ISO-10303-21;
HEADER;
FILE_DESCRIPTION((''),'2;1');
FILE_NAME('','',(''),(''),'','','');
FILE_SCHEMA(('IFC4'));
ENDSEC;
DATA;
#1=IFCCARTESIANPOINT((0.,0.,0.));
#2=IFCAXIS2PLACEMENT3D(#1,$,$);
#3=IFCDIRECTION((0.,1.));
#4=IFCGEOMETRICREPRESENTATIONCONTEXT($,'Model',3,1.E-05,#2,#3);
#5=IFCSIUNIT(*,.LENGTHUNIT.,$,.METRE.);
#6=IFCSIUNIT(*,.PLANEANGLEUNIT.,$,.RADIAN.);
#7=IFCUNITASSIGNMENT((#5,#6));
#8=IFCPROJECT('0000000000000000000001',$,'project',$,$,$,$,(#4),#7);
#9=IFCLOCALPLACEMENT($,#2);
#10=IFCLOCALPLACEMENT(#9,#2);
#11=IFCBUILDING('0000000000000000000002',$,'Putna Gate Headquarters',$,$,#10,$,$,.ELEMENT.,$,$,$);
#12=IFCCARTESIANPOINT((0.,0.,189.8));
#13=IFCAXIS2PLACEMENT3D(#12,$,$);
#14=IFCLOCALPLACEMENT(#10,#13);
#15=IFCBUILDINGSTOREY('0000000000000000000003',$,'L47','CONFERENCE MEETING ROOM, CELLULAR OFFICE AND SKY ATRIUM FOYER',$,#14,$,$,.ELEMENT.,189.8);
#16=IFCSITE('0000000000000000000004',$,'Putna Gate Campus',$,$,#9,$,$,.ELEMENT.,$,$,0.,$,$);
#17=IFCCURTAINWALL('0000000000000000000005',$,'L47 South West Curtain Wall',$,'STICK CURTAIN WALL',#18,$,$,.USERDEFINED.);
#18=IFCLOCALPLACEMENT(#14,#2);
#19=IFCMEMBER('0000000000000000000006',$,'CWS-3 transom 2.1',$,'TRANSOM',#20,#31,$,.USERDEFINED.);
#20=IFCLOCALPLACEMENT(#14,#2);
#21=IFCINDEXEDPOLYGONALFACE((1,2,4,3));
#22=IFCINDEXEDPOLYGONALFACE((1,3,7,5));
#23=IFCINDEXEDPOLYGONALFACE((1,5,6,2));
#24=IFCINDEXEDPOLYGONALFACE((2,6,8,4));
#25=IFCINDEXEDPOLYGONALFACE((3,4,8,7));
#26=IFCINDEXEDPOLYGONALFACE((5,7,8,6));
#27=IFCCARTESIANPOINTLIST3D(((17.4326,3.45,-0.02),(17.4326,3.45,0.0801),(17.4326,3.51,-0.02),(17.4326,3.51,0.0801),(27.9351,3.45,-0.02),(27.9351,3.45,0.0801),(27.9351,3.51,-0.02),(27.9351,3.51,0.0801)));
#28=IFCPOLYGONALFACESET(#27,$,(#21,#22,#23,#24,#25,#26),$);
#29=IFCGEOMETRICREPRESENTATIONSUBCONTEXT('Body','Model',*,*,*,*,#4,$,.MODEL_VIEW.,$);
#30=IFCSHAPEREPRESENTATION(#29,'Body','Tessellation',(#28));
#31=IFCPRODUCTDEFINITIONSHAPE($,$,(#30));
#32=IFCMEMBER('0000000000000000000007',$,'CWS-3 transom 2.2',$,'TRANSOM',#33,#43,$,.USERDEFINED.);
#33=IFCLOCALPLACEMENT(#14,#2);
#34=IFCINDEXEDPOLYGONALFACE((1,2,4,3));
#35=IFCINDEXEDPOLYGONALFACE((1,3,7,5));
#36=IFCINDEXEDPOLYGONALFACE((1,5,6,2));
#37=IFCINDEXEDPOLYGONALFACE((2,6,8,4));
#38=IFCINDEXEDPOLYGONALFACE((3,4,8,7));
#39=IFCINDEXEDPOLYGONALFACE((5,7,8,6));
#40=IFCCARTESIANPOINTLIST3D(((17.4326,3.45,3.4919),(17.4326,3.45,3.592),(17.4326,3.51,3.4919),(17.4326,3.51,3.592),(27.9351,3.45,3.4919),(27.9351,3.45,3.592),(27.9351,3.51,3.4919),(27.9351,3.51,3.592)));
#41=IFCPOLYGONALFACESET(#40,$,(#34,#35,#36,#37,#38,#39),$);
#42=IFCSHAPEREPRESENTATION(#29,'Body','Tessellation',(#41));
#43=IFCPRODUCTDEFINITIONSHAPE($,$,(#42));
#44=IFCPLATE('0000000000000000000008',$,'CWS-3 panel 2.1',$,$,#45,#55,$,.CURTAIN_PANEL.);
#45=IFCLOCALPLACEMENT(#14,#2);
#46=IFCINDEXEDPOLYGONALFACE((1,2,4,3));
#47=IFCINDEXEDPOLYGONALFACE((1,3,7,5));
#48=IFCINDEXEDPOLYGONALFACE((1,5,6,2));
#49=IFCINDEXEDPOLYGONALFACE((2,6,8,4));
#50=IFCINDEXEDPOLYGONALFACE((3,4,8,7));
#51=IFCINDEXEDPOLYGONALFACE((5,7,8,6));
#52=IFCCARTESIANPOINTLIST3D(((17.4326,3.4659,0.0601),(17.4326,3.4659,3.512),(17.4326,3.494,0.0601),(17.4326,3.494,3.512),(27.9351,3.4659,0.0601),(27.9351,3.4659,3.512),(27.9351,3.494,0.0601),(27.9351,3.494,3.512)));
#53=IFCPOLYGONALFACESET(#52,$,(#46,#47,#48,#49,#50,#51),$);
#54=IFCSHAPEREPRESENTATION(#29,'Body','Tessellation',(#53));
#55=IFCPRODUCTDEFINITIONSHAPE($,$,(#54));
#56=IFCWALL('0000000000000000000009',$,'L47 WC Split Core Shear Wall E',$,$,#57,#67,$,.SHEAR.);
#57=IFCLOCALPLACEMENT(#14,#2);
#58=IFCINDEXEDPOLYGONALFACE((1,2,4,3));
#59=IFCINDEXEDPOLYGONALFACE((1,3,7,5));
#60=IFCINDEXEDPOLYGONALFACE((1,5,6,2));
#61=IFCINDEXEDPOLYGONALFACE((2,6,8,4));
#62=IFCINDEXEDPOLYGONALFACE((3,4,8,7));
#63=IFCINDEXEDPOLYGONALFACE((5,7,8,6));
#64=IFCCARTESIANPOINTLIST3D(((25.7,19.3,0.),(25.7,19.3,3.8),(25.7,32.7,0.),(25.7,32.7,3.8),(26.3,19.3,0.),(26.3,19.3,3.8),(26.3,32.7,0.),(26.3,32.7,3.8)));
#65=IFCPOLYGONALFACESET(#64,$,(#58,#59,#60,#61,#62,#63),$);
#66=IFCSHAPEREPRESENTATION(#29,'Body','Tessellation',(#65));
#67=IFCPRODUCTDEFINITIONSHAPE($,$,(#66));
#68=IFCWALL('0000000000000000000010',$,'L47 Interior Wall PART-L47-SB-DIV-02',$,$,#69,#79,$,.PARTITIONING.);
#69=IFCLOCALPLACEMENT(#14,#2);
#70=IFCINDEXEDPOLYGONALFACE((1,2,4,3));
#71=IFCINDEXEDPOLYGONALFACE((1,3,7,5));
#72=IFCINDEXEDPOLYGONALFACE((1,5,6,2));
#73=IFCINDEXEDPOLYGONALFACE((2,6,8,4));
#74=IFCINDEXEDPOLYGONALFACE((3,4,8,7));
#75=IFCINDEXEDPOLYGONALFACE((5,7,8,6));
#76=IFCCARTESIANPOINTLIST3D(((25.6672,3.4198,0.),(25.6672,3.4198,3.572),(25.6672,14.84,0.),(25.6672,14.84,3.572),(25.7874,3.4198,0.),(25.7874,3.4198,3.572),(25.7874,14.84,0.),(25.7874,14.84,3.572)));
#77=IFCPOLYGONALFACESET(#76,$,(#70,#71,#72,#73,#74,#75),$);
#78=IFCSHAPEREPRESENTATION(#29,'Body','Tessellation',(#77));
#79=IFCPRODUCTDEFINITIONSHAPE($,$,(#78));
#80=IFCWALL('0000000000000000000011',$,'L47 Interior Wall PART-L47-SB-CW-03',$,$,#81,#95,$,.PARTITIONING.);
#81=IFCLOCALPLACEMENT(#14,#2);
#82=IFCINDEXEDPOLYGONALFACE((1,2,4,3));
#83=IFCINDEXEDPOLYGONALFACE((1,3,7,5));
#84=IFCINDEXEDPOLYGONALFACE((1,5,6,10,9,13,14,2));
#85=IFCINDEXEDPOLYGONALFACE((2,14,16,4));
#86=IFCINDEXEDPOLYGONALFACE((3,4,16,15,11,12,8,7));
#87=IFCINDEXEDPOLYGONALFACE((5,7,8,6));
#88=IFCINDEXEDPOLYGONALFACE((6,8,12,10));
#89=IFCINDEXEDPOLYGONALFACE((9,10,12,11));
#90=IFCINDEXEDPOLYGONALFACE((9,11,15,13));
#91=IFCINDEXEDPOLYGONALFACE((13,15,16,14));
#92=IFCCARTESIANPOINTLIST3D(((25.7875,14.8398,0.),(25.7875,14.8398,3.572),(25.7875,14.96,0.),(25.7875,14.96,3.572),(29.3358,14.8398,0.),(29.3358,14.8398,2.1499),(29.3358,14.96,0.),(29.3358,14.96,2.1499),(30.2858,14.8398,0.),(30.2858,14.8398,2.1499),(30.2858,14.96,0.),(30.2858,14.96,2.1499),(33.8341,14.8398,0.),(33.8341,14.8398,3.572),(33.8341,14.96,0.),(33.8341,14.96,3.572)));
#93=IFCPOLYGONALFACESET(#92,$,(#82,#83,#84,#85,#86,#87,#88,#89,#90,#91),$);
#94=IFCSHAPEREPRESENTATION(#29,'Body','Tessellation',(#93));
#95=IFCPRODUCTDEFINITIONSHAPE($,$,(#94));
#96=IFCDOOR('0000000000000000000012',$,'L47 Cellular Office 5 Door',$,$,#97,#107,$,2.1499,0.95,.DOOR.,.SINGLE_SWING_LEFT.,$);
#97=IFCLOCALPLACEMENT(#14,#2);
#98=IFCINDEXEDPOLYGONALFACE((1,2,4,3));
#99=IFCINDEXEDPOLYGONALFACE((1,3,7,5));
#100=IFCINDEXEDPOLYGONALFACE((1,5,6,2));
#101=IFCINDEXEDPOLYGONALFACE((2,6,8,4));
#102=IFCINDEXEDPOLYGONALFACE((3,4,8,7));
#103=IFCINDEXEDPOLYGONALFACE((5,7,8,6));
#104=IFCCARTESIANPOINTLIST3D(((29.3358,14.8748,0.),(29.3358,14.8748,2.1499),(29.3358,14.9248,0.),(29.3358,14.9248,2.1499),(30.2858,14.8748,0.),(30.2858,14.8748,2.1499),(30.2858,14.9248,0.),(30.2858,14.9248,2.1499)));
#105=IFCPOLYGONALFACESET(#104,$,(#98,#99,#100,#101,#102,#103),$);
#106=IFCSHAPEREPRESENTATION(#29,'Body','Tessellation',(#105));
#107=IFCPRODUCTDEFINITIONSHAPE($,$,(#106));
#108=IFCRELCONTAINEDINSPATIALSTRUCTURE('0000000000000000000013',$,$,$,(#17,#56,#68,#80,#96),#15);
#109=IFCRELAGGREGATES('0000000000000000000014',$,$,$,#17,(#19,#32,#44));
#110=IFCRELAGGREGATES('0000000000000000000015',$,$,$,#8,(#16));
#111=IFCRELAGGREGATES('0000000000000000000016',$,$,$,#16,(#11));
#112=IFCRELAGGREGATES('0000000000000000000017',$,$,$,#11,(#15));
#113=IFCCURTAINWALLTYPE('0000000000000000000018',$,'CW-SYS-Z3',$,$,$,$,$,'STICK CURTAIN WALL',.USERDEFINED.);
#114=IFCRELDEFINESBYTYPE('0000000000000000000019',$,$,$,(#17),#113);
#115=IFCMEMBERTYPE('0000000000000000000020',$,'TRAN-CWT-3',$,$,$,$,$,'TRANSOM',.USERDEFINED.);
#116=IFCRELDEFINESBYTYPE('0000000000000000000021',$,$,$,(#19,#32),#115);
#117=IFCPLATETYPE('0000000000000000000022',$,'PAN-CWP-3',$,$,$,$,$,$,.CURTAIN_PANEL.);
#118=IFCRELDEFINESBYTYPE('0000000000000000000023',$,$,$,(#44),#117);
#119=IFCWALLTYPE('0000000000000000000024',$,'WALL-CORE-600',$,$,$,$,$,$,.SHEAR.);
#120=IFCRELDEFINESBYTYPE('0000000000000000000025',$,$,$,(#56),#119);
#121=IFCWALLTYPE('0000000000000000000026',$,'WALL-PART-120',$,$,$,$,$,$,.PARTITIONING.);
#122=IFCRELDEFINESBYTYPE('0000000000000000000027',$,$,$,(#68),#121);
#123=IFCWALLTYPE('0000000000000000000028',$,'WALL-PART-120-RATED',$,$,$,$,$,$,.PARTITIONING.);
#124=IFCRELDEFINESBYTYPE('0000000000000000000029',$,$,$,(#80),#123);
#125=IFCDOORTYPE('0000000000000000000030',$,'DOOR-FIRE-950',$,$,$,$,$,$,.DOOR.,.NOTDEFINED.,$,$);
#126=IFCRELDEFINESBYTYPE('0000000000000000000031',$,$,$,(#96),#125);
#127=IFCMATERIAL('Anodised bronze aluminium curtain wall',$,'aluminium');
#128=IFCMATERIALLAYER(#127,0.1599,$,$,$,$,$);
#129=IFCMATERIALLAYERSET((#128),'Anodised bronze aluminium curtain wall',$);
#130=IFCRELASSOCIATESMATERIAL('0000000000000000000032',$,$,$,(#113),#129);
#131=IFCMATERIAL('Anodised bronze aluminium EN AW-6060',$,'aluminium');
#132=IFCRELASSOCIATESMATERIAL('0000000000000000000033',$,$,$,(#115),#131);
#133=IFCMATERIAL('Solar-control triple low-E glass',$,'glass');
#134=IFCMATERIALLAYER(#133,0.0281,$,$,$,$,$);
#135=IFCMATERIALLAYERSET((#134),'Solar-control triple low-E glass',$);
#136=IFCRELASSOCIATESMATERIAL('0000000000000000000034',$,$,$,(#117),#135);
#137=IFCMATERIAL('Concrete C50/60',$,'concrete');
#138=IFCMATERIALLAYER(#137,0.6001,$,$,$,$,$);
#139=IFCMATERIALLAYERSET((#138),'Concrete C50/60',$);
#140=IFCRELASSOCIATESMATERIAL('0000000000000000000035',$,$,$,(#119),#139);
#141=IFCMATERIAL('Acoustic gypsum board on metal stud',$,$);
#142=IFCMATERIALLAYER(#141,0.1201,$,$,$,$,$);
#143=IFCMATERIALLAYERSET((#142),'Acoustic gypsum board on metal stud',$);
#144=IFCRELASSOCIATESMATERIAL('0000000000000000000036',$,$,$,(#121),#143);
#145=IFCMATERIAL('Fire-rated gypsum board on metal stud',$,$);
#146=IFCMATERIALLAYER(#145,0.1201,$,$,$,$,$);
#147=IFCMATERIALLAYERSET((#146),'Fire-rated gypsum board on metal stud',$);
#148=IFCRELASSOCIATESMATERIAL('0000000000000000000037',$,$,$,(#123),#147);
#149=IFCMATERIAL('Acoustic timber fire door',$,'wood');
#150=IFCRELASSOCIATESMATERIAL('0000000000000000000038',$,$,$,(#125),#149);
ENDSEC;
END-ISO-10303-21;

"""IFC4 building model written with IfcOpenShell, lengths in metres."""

from ifc_helpers import new_model, si_unit, direction, frame, frame_2d, origin, origin_2d, place, context, subcontext, project, spatial, rectangle, extrude, material, layer, layer_set, material_profile, profile_set, type_object, element, fill, aggregate, save


model = new_model("IFC4")

# Units and contexts
model_context = context("Model", 3, precision=1e-05, world=origin(), true_north=direction((0.0, 1.0)))
body_context = subcontext(model_context, "Body", "Model", "MODEL_VIEW")
ifc_project = project(units=[si_unit("LENGTHUNIT", "METRE"), si_unit("PLANEANGLEUNIT", "RADIAN")], contexts=[model_context])

# Site, building, storey
site_placement = place(None, origin())
site = spatial("IfcSite", under=ifc_project, at=site_placement, Name="Putna Gate Campus", CompositionType="ELEMENT", RefElevation=0.0)
building_placement = place(site_placement, origin())
building = spatial("IfcBuilding", under=site, at=building_placement, Name="Putna Gate Headquarters", CompositionType="ELEMENT")
storey_placement = place(building_placement, frame((0.0, 0.0, 189.8)))
storey = spatial("IfcBuildingStorey", under=building, at=storey_placement, Name="L47", Description="CONFERENCE MEETING ROOM, CELLULAR OFFICE AND SKY ATRIUM FOYER", CompositionType="ELEMENT", Elevation=189.8)

# Shared definitions
ifc_material_1 = material(Name="Concrete C50/60", Category="concrete")

# Curtain wall, members, plate
ifc_material_2 = material(Name="Anodised bronze aluminium curtain wall", Category="aluminium")
ifc_layer_1 = layer(ifc_material_2, 0.1599)
ifc_layer_set_1 = layer_set([ifc_layer_1], Name="Anodised bronze aluminium curtain wall")
curtain_wall_type = type_object("IfcCurtainWallType", Name="CW-SYS-Z3", ElementType="STICK CURTAIN WALL", PredefinedType="USERDEFINED", material=ifc_layer_set_1)
curtain_wall_placement = place(storey_placement, origin())
curtain_wall = element("IfcCurtainWall", 1, at=curtain_wall_placement, inside=storey, type_object=curtain_wall_type, Name="L47 South West Curtain Wall", ObjectType="STICK CURTAIN WALL", PredefinedType="USERDEFINED")
ifc_material_3 = material(Name="Anodised bronze aluminium EN AW-6060", Category="aluminium")
ifc_material_profile_1 = material_profile(ifc_material_3, rectangle(XDim=0.0601, YDim=0.1001, at=origin_2d()), Name="Anodised bronze aluminium EN AW-6060")
ifc_profile_set_1 = profile_set([ifc_material_profile_1], Name="Anodised bronze aluminium EN AW-6060")
member_type_1 = type_object("IfcMemberType", Name="TRAN-CWT-3", ElementType="TRANSOM", PredefinedType="USERDEFINED", material=ifc_profile_set_1)
member_1_placement = place(storey_placement, frame((17.4326, 3.48, 0.03), z_axis=(1.0, 0.0, 0.0), x_axis=(0.0, 1.0, 0.0)))
member_1 = element("IfcMember", 2, at=member_1_placement, type_object=member_type_1, Name="CWS-3 transom 2.1", ObjectType="TRANSOM", PredefinedType="USERDEFINED", context=body_context, shape_type="SweptSolid", body=[
    extrude(rectangle(XDim=0.0601, YDim=0.1001, at=origin_2d()), origin(), (0.0, 0.0, 1.0), 10.5024),
])
member_2_placement = place(storey_placement, frame((17.4326, 3.48, 3.542), z_axis=(1.0, 0.0, 0.0), x_axis=(0.0, 1.0, 0.0)))
member_2 = element("IfcMember", 3, at=member_2_placement, type_object=member_type_1, Name="CWS-3 transom 2.2", ObjectType="TRANSOM", PredefinedType="USERDEFINED", context=body_context, shape_type="SweptSolid", body=[
    extrude(rectangle(XDim=0.0601, YDim=0.1001, at=origin_2d()), origin(), (0.0, 0.0, 1.0), 10.5024),
])
ifc_material_4 = material(Name="Solar-control triple low-E glass", Category="glass")
ifc_layer_2 = layer(ifc_material_4, 0.0281)
ifc_layer_set_2 = layer_set([ifc_layer_2], Name="Solar-control triple low-E glass")
plate_type = type_object("IfcPlateType", Name="PAN-CWP-3", PredefinedType="CURTAIN_PANEL", material=ifc_layer_set_2)
plate_placement = place(storey_placement, frame((22.6838, 3.48, 0.0601), z_axis=(0.0, 0.0, 1.0), x_axis=(1.0, 0.0, 0.0)))
plate = element("IfcPlate", 4, at=plate_placement, type_object=plate_type, Name="CWS-3 panel 2.1", PredefinedType="CURTAIN_PANEL", context=body_context, shape_type="SweptSolid", body=[
    extrude(rectangle(XDim=10.5024, YDim=0.0281, at=origin_2d()), origin(), (0.0, 0.0, 1.0), 3.4519),
])
aggregate(curtain_wall, [member_1, member_2, plate])

# Walls
ifc_layer_3 = layer(ifc_material_1, 0.6001)
ifc_layer_set_3 = layer_set([ifc_layer_3], Name="Concrete C50/60")
wall_type_1 = type_object("IfcWallType", Name="WALL-CORE-600", PredefinedType="SHEAR", material=ifc_layer_set_3)
wall_1_placement = place(storey_placement, frame((26.0, 19.3, 0.0), z_axis=(0.0, 0.0, 1.0), x_axis=(0.0, 1.0, 0.0)))
element("IfcWall", 5, at=wall_1_placement, inside=storey, type_object=wall_type_1, Name="L47 WC Split Core Shear Wall E", PredefinedType="SHEAR", context=body_context, shape_type="SweptSolid", body=[
    extrude(rectangle(XDim=13.3999, YDim=0.6001, at=frame_2d((6.7, 0.0))), origin(), (0.0, 0.0, 1.0), 3.8),
])
ifc_material_5 = material(Name="Acoustic gypsum board on metal stud")
ifc_layer_4 = layer(ifc_material_5, 0.1201)
ifc_layer_set_4 = layer_set([ifc_layer_4], Name="Acoustic gypsum board on metal stud")
wall_type_2 = type_object("IfcWallType", Name="WALL-PART-120", PredefinedType="PARTITIONING", material=ifc_layer_set_4)
wall_2_placement = place(storey_placement, frame((25.7273, 3.4199, 0.0), z_axis=(0.0, 0.0, 1.0), x_axis=(0.0, 1.0, 0.0)))
element("IfcWall", 6, at=wall_2_placement, inside=storey, type_object=wall_type_2, Name="L47 Interior Wall PART-L47-SB-DIV-02", PredefinedType="PARTITIONING", context=body_context, shape_type="SweptSolid", body=[
    extrude(rectangle(XDim=11.4202, YDim=0.1201, at=frame_2d((5.71, 0.0))), origin(), (0.0, 0.0, 1.0), 3.572),
])

# Wall, opening, door
ifc_material_6 = material(Name="Fire-rated gypsum board on metal stud")
ifc_layer_5 = layer(ifc_material_6, 0.1201)
ifc_layer_set_5 = layer_set([ifc_layer_5], Name="Fire-rated gypsum board on metal stud")
wall_type_3 = type_object("IfcWallType", Name="WALL-PART-120-RATED", PredefinedType="PARTITIONING", material=ifc_layer_set_5)
wall_3_placement = place(storey_placement, frame((25.7874, 14.8999, 0.0), z_axis=(0.0, 0.0, 1.0), x_axis=(1.0, 0.0, 0.0)))
wall_3 = element("IfcWall", 7, at=wall_3_placement, inside=storey, type_object=wall_type_3, Name="L47 Interior Wall PART-L47-SB-CW-03", PredefinedType="PARTITIONING", context=body_context, shape_type="SweptSolid", body=[
    extrude(rectangle(XDim=8.0466, YDim=0.1201, at=frame_2d((4.0234, 0.0))), origin(), (0.0, 0.0, 1.0), 3.572),
])
opening_1_placement = place(wall_3_placement, frame((3.5483, 0.0, 0.0)))
opening_1 = element("IfcOpeningElement", 8, at=opening_1_placement, cuts=wall_3, PredefinedType="OPENING", context=body_context, shape_type="SweptSolid", body=[
    extrude(rectangle(XDim=0.95, YDim=2.1499, at=frame_2d((0.4751, 1.075))), frame((0.0, 0.0701, 0.0), z_axis=(0.0, -1.0, 0.0), x_axis=(1.0, 0.0, 0.0)), (0.0, 0.0, 1.0), 0.1401),
])
ifc_material_7 = material(Name="Acoustic timber fire door", Category="wood")
door_type_1 = type_object("IfcDoorType", Name="DOOR-FIRE-950", OperationType="NOTDEFINED", PredefinedType="DOOR", material=ifc_material_7)
door_1_placement = place(opening_1_placement, origin())
door_1 = element("IfcDoor", 9, at=door_1_placement, inside=storey, type_object=door_type_1, Name="L47 Cellular Office 5 Door", OperationType="SINGLE_SWING_LEFT", OverallHeight=2.1499, OverallWidth=0.95, PredefinedType="DOOR", context=body_context, shape_type="SweptSolid", body=[
    extrude(rectangle(XDim=0.95, YDim=2.1499, at=frame_2d((0.4751, 1.075))), frame((0.0, 0.0249, 0.0), z_axis=(0.0, -1.0, 0.0), x_axis=(1.0, 0.0, 0.0)), (0.0, 0.0, 1.0), 0.05),
])
fill(opening_1, door_1)

save(model, "model.ifc")
